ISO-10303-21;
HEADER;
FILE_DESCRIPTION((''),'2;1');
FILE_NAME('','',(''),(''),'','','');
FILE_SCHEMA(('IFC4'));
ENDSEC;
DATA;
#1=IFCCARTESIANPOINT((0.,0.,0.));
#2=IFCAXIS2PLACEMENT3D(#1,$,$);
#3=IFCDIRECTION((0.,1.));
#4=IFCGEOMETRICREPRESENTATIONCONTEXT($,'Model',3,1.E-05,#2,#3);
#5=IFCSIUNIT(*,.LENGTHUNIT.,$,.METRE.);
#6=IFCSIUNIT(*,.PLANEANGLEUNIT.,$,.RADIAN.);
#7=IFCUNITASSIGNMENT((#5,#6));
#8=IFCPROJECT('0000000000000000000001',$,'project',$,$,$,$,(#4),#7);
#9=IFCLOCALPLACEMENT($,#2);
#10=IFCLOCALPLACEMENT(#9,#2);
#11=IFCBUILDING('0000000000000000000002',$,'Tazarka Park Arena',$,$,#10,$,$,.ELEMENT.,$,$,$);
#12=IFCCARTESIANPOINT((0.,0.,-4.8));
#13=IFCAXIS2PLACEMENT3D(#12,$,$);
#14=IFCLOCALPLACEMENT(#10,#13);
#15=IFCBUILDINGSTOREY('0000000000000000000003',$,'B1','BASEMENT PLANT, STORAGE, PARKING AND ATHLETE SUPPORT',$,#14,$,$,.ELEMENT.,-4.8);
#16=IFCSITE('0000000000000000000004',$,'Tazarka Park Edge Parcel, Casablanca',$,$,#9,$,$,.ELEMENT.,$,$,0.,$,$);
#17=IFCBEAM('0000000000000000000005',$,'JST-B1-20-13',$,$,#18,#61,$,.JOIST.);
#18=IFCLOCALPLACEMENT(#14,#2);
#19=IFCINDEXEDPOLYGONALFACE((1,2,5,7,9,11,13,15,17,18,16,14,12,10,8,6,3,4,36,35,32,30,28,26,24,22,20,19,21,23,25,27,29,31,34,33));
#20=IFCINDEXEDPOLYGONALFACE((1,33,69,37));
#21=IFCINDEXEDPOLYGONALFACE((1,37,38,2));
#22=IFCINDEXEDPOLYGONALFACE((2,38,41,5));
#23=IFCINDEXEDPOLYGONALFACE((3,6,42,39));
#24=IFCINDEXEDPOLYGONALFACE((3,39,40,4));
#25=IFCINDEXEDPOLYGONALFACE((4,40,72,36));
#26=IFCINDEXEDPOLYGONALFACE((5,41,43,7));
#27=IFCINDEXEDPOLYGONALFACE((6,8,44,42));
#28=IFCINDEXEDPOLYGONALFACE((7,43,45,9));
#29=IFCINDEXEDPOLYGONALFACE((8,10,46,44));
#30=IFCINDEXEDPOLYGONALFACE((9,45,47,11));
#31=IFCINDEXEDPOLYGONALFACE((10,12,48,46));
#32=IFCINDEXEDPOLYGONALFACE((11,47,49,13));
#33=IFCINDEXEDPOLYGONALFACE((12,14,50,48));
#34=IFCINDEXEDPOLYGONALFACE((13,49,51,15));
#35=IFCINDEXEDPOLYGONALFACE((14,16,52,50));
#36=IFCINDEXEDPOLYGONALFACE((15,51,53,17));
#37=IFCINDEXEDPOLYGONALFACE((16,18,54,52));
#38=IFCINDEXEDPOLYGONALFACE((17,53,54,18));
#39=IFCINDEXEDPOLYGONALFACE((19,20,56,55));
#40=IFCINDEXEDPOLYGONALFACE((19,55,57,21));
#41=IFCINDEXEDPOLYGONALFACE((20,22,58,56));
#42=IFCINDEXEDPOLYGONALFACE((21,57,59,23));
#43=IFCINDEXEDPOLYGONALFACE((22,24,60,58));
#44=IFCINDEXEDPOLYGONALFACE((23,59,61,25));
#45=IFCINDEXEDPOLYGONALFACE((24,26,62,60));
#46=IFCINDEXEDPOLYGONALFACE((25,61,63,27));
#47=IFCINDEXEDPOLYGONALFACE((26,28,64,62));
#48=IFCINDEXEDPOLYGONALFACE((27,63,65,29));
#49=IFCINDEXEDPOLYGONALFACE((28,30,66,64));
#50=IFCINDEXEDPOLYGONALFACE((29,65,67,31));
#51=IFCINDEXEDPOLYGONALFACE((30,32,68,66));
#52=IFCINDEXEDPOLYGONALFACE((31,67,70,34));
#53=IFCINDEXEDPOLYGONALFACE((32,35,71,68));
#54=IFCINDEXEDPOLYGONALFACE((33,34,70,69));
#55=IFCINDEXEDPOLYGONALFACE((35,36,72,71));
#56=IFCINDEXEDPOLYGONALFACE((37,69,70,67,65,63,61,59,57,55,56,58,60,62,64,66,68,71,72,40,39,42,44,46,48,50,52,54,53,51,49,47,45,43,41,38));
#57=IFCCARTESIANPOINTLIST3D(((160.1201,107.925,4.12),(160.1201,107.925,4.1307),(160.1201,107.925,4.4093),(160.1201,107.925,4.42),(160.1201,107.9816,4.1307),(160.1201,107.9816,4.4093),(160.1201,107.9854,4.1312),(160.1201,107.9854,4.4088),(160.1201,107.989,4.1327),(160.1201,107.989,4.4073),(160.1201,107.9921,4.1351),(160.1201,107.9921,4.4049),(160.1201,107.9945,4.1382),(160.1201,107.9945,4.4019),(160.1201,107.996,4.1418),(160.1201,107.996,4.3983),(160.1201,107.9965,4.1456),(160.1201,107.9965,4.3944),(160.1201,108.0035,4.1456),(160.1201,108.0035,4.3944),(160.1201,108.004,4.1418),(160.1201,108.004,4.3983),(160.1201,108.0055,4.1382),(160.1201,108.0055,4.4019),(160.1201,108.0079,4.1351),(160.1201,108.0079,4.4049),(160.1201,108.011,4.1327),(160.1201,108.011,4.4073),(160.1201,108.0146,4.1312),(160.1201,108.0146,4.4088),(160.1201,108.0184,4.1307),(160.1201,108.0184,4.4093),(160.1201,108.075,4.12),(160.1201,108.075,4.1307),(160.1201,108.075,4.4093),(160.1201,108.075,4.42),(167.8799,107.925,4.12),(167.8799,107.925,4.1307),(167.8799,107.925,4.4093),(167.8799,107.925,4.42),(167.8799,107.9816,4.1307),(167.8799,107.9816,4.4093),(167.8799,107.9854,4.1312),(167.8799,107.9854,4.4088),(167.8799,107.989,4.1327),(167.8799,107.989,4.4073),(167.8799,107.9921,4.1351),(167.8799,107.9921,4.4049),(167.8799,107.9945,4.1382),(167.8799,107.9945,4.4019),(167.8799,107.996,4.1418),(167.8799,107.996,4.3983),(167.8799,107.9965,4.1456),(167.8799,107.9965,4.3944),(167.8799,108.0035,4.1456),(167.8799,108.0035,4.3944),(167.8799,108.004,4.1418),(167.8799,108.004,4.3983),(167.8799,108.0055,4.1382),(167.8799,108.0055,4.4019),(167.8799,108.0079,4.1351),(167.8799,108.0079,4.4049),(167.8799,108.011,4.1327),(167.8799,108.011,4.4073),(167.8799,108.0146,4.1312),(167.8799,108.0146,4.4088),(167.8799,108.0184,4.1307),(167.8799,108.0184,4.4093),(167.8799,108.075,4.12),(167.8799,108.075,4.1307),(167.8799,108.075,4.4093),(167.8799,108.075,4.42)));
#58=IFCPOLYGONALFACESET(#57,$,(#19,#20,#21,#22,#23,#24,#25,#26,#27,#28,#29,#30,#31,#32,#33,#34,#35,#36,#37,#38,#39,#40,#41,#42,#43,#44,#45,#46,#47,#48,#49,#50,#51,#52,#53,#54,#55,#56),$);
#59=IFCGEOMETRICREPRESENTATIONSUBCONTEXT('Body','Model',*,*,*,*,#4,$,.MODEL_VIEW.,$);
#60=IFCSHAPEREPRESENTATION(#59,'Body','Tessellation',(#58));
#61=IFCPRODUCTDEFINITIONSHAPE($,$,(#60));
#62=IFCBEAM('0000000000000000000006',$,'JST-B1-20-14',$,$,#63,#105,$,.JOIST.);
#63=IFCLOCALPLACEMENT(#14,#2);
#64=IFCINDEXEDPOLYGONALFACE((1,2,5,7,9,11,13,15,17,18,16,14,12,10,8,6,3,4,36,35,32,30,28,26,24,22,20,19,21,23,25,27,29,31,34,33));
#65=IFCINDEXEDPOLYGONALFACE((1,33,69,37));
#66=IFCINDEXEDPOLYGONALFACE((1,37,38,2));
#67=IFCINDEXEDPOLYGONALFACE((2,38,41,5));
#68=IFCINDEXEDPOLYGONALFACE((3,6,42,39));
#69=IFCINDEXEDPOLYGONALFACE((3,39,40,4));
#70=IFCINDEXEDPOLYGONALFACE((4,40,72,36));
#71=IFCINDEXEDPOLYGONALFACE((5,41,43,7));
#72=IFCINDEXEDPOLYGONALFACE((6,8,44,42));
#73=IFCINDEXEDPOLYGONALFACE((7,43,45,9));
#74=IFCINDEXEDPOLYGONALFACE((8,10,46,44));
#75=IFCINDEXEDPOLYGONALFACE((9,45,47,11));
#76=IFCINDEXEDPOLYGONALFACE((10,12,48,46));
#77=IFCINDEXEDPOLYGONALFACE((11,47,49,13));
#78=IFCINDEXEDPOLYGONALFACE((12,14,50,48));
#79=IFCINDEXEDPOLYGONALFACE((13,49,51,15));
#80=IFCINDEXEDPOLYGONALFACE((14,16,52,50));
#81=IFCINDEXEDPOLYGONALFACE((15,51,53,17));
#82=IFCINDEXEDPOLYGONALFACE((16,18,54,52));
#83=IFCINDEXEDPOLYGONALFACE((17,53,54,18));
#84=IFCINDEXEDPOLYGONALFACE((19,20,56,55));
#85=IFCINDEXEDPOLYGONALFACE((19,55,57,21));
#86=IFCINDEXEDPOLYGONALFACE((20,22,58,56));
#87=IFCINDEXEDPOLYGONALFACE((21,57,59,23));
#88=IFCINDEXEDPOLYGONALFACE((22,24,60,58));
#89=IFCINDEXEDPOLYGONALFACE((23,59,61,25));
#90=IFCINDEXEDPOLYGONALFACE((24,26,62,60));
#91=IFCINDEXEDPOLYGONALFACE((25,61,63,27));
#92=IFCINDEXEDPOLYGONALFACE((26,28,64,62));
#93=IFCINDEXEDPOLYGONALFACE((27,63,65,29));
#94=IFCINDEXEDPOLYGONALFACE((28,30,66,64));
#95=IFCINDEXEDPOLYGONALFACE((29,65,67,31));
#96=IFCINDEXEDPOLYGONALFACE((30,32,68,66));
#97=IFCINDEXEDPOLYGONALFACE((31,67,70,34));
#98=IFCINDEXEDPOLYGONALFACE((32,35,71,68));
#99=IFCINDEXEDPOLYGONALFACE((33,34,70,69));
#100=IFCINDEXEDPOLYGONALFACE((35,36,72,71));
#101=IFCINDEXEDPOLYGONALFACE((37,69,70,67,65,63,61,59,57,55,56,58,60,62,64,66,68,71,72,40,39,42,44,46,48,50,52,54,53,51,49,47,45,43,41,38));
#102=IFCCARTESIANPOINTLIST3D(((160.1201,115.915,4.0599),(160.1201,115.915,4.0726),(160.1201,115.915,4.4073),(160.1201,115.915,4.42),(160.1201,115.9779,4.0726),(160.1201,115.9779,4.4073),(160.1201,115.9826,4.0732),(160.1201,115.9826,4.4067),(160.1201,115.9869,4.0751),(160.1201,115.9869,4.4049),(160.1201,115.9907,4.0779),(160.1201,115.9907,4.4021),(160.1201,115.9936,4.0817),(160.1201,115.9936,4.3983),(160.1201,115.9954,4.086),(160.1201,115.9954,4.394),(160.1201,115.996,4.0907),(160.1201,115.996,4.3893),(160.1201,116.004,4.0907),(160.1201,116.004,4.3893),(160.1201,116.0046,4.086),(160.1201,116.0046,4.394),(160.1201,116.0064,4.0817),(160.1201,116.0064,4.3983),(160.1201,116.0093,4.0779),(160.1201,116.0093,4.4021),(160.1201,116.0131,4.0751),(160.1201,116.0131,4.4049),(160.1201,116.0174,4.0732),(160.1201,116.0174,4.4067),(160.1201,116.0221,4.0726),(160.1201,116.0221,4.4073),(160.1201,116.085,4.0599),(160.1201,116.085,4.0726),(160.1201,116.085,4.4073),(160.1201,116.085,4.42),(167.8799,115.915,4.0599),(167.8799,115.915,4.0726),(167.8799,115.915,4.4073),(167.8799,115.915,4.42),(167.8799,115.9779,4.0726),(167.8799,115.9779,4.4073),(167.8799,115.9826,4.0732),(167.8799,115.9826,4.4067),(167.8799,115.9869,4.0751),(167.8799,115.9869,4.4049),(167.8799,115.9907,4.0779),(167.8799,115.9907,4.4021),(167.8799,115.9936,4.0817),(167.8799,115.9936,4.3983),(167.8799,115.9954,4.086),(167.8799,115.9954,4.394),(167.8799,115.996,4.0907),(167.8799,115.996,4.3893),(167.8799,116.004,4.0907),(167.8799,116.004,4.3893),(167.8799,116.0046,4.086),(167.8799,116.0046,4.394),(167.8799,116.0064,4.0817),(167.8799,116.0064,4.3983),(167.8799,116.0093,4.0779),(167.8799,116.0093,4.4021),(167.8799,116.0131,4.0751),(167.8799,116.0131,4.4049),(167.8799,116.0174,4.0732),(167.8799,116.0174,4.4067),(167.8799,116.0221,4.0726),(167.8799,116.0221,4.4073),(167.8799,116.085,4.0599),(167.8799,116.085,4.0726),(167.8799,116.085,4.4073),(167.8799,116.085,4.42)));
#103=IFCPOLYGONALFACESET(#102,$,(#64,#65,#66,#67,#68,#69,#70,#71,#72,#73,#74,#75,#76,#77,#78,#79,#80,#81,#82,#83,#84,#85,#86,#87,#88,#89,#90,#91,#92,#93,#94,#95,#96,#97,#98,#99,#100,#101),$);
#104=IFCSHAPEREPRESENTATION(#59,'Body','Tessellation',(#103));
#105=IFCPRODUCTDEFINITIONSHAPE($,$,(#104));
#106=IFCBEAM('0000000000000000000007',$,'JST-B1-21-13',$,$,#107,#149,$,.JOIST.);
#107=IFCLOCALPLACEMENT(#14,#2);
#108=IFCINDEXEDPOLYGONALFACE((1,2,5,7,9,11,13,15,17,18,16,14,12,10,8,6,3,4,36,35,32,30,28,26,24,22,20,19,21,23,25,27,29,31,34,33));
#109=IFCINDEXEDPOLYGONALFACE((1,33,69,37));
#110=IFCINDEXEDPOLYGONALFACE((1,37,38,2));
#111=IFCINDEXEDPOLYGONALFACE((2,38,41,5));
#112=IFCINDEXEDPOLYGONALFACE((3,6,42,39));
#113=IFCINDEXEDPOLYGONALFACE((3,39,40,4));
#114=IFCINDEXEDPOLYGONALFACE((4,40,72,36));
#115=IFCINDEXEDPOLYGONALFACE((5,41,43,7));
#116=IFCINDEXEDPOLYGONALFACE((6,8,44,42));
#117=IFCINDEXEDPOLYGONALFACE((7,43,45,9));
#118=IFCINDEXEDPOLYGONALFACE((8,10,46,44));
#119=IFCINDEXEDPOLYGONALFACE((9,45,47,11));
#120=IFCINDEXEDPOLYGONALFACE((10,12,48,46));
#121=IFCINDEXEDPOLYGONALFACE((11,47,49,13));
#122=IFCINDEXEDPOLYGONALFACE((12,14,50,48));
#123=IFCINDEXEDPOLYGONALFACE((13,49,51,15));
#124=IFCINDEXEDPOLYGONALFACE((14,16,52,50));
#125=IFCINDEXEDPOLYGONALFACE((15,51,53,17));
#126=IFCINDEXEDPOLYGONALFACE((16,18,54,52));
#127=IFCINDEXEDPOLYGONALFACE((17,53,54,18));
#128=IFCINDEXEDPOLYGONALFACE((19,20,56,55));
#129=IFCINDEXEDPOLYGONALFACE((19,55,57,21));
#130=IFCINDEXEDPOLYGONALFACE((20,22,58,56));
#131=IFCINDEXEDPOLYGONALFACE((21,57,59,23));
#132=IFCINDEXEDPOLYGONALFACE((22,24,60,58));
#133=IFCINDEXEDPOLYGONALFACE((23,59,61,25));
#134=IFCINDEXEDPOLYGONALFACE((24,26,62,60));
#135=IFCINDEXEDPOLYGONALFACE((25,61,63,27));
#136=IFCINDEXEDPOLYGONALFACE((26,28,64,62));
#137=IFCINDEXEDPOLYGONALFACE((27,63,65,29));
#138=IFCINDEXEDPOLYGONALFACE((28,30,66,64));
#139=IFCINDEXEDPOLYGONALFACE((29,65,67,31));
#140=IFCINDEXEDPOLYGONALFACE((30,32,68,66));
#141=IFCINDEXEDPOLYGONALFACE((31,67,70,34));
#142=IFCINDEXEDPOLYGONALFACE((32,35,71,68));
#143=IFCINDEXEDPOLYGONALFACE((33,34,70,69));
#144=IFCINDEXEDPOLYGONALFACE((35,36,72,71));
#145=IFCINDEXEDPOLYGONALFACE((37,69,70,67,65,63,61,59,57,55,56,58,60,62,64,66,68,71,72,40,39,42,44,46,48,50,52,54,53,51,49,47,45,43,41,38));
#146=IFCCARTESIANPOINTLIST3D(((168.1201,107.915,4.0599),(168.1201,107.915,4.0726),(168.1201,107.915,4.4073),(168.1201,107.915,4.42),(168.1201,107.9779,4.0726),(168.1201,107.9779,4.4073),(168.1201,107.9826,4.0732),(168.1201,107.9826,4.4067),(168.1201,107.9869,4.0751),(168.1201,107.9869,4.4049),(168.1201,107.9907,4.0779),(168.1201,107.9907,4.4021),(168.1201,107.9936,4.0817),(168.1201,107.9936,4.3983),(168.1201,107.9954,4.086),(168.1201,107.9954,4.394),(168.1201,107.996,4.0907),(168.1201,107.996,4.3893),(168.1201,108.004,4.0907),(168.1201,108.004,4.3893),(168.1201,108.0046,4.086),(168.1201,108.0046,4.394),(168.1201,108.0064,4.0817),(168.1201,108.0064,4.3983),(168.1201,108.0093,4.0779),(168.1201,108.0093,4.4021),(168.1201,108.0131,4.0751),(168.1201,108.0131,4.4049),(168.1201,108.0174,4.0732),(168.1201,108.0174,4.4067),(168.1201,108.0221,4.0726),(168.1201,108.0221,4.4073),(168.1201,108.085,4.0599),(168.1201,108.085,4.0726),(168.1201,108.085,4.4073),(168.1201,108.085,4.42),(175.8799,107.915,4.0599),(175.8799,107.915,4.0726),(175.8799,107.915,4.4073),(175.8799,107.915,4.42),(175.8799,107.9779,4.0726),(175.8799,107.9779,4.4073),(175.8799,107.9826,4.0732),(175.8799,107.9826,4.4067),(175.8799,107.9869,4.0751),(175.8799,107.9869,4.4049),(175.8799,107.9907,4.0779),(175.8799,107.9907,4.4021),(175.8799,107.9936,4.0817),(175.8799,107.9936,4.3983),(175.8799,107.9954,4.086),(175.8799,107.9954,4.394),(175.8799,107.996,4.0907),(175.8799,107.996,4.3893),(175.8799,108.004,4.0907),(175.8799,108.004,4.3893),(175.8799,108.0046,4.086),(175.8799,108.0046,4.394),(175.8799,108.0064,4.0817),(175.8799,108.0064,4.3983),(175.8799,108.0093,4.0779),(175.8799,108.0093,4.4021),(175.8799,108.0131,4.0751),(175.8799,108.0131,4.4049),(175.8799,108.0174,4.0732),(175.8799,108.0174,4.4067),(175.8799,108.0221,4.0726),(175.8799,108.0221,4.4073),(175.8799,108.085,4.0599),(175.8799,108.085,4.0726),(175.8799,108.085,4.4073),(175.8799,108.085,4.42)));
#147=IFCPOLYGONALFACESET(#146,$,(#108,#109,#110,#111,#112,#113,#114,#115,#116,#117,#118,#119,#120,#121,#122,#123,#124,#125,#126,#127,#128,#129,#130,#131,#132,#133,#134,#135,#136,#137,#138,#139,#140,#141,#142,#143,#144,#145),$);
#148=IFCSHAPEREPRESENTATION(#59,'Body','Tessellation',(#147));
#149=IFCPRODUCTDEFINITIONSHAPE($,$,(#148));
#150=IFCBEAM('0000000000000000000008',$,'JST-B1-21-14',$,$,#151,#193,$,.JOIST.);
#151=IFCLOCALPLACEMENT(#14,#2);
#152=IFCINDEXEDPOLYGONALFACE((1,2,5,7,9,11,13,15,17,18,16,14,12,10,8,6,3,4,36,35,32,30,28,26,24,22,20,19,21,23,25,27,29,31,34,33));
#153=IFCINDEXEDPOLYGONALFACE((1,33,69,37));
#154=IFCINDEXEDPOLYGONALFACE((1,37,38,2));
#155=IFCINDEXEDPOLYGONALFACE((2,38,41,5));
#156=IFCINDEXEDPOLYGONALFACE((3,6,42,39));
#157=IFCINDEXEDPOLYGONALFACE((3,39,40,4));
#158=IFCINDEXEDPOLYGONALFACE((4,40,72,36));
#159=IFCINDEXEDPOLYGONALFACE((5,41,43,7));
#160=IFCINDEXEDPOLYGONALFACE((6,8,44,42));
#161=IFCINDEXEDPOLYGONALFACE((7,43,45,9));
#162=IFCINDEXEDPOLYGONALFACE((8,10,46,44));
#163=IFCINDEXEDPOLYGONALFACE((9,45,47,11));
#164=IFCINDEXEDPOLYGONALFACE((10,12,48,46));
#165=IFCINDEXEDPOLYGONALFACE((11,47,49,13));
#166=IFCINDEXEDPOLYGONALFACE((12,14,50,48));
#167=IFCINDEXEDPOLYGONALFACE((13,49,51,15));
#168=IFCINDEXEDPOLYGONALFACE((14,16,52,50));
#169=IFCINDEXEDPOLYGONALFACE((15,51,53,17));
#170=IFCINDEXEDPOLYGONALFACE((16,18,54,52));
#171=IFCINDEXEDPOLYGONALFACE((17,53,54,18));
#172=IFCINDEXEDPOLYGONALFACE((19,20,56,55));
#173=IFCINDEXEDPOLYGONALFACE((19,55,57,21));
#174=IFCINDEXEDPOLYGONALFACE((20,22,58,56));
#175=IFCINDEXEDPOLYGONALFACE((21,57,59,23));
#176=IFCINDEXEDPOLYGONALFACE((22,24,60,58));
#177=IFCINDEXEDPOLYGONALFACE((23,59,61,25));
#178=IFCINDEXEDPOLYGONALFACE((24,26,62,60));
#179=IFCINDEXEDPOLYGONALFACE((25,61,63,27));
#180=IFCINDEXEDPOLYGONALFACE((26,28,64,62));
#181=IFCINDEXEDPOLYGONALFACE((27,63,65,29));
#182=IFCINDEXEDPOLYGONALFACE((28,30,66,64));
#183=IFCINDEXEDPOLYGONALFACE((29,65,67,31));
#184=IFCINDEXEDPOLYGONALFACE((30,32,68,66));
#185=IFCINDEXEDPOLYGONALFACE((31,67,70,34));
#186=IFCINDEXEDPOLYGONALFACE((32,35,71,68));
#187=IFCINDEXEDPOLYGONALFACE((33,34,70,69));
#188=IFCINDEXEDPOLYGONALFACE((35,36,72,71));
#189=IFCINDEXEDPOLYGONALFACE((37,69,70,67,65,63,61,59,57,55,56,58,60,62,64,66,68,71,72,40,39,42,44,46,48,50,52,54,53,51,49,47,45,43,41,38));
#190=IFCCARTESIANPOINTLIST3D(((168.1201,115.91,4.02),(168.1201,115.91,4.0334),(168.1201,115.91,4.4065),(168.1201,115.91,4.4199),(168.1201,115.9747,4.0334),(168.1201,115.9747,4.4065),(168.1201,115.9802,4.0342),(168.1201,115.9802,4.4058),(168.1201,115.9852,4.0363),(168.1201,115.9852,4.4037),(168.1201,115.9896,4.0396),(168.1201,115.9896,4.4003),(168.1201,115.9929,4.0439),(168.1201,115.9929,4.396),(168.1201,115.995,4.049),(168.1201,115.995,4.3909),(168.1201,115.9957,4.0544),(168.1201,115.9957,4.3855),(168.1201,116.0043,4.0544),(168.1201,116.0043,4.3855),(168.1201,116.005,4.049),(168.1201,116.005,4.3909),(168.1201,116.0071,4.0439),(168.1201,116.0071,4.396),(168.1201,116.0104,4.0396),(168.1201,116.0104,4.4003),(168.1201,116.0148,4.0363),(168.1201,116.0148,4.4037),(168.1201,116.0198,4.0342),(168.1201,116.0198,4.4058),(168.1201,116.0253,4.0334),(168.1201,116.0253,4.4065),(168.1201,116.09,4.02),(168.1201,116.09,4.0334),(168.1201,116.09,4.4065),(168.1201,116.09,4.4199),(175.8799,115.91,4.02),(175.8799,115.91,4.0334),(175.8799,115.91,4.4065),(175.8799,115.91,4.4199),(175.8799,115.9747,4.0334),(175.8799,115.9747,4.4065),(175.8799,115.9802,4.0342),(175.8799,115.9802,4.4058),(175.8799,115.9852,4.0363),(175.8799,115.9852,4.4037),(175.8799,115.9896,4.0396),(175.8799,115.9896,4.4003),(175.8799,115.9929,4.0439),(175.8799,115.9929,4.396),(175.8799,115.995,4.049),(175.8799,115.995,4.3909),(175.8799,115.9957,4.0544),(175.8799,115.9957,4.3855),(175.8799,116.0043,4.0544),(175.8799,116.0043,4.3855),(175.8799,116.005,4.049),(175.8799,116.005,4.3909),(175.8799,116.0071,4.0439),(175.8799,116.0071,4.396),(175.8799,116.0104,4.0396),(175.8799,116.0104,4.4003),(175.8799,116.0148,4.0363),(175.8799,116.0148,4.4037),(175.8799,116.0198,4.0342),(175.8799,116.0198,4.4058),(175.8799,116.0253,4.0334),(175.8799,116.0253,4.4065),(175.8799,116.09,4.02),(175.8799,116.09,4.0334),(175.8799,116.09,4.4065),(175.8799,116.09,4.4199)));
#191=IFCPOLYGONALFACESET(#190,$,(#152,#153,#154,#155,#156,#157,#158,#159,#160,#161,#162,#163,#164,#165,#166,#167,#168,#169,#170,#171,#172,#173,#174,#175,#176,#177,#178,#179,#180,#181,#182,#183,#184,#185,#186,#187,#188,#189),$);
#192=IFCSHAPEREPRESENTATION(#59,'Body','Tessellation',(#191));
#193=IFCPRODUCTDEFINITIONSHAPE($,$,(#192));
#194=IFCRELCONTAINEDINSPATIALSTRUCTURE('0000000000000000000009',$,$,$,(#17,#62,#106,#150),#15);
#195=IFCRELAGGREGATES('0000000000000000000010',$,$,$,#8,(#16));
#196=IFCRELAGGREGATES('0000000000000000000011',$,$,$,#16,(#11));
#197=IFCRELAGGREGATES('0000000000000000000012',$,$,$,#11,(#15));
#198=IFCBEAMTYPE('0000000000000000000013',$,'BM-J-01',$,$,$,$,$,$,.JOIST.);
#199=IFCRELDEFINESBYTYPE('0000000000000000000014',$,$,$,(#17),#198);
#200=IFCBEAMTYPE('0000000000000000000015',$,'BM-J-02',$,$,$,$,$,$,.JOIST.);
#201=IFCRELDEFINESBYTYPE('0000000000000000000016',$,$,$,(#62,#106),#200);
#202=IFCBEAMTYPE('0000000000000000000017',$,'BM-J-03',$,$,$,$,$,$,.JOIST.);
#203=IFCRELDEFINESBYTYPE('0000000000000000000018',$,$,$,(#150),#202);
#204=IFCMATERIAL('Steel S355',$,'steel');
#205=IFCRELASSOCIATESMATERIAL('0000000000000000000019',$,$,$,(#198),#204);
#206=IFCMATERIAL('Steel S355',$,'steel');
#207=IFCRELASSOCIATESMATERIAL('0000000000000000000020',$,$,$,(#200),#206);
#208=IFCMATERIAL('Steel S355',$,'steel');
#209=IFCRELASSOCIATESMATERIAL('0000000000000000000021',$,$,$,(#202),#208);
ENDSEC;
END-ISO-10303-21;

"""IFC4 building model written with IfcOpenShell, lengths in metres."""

from ifc_helpers import new_model, si_unit, direction, frame, origin, origin_2d, place, context, subcontext, project, spatial, i_section, extrude, material, material_profile, profile_set, type_object, element, save


model = new_model("IFC4")

# Units and contexts
model_context = context("Model", 3, precision=1e-05, world=origin(), true_north=direction((0.0, 1.0)))
body_context = subcontext(model_context, "Body", "Model", "MODEL_VIEW")
ifc_project = project(units=[si_unit("LENGTHUNIT", "METRE"), si_unit("PLANEANGLEUNIT", "RADIAN")], contexts=[model_context])

# Site, building, storey
site_placement = place(None, origin())
site = spatial("IfcSite", under=ifc_project, at=site_placement, Name="Tazarka Park Edge Parcel, Casablanca", CompositionType="ELEMENT", RefElevation=0.0)
building_placement = place(site_placement, origin())
building = spatial("IfcBuilding", under=site, at=building_placement, Name="Tazarka Park Arena", CompositionType="ELEMENT")
storey_placement = place(building_placement, frame((0.0, 0.0, -4.8)))
storey = spatial("IfcBuildingStorey", under=building, at=storey_placement, Name="B1", Description="BASEMENT PLANT, STORAGE, PARKING AND ATHLETE SUPPORT", CompositionType="ELEMENT", Elevation=-4.8)

# Beams
ifc_material_1 = material(Name="Steel S355", Category="steel")
ifc_material_profile_1 = material_profile(ifc_material_1, i_section(OverallWidth=0.1499, OverallDepth=0.3, WebThickness=0.0071, FlangeThickness=0.0107, FilletRadius=0.0149, at=origin_2d()), Name="Steel S355")
ifc_profile_set_1 = profile_set([ifc_material_profile_1], Name="Steel S355")
beam_type_1 = type_object("IfcBeamType", Name="BM-J-01", PredefinedType="JOIST", material=ifc_profile_set_1)
beam_1_placement = place(storey_placement, frame((160.1201, 108.0, 4.27), z_axis=(1.0, 0.0, 0.0), x_axis=(0.0, 1.0, 0.0)))
element("IfcBeam", 1, at=beam_1_placement, inside=storey, type_object=beam_type_1, Name="JST-B1-20-13", PredefinedType="JOIST", context=body_context, shape_type="SweptSolid", body=[
    extrude(i_section(OverallWidth=0.1499, OverallDepth=0.3, WebThickness=0.0071, FlangeThickness=0.0107, FilletRadius=0.0149, at=origin_2d()), origin(), (0.0, 0.0, 1.0), 7.7598),
])
ifc_material_2 = material(Name="Steel S355", Category="steel")
ifc_material_profile_2 = material_profile(ifc_material_2, i_section(OverallWidth=0.1699, OverallDepth=0.3601, WebThickness=0.0081, FlangeThickness=0.0127, FilletRadius=0.0181, at=origin_2d()), Name="Steel S355")
ifc_profile_set_2 = profile_set([ifc_material_profile_2], Name="Steel S355")
beam_type_2 = type_object("IfcBeamType", Name="BM-J-02", PredefinedType="JOIST", material=ifc_profile_set_2)
for number, where, z_axis, x_axis, name in (
    (2, (160.1201, 116.0, 4.24), (1.0, 0.0, 0.0), (0.0, 1.0, 0.0), "JST-B1-20-14"),
    (3, (168.1201, 108.0, 4.24), (1.0, 0.0, 0.0), (0.0, 1.0, 0.0), "JST-B1-21-13"),
):
    element("IfcBeam", number, at=place(storey_placement, frame(where, z_axis=z_axis, x_axis=x_axis)), inside=storey, type_object=beam_type_2, Name=name, PredefinedType="JOIST", context=body_context, shape_type="SweptSolid", body=[
        extrude(i_section(OverallWidth=0.1699, OverallDepth=0.3601, WebThickness=0.0081, FlangeThickness=0.0127, FilletRadius=0.0181, at=origin_2d()), origin(), (0.0, 0.0, 1.0), 7.7598),
    ])
ifc_material_3 = material(Name="Steel S355", Category="steel")
ifc_material_profile_3 = material_profile(ifc_material_3, i_section(OverallWidth=0.1799, OverallDepth=0.3999, WebThickness=0.0085, FlangeThickness=0.0134, FilletRadius=0.021, at=origin_2d()), Name="Steel S355")
ifc_profile_set_3 = profile_set([ifc_material_profile_3], Name="Steel S355")
beam_type_3 = type_object("IfcBeamType", Name="BM-J-03", PredefinedType="JOIST", material=ifc_profile_set_3)
beam_2_placement = place(storey_placement, frame((168.1201, 116.0, 4.22), z_axis=(1.0, 0.0, 0.0), x_axis=(0.0, 1.0, 0.0)))
element("IfcBeam", 4, at=beam_2_placement, inside=storey, type_object=beam_type_3, Name="JST-B1-21-14", PredefinedType="JOIST", context=body_context, shape_type="SweptSolid", body=[
    extrude(i_section(OverallWidth=0.1799, OverallDepth=0.3999, WebThickness=0.0085, FlangeThickness=0.0134, FilletRadius=0.021, at=origin_2d()), origin(), (0.0, 0.0, 1.0), 7.7598),
])

save(model, "model.ifc")
